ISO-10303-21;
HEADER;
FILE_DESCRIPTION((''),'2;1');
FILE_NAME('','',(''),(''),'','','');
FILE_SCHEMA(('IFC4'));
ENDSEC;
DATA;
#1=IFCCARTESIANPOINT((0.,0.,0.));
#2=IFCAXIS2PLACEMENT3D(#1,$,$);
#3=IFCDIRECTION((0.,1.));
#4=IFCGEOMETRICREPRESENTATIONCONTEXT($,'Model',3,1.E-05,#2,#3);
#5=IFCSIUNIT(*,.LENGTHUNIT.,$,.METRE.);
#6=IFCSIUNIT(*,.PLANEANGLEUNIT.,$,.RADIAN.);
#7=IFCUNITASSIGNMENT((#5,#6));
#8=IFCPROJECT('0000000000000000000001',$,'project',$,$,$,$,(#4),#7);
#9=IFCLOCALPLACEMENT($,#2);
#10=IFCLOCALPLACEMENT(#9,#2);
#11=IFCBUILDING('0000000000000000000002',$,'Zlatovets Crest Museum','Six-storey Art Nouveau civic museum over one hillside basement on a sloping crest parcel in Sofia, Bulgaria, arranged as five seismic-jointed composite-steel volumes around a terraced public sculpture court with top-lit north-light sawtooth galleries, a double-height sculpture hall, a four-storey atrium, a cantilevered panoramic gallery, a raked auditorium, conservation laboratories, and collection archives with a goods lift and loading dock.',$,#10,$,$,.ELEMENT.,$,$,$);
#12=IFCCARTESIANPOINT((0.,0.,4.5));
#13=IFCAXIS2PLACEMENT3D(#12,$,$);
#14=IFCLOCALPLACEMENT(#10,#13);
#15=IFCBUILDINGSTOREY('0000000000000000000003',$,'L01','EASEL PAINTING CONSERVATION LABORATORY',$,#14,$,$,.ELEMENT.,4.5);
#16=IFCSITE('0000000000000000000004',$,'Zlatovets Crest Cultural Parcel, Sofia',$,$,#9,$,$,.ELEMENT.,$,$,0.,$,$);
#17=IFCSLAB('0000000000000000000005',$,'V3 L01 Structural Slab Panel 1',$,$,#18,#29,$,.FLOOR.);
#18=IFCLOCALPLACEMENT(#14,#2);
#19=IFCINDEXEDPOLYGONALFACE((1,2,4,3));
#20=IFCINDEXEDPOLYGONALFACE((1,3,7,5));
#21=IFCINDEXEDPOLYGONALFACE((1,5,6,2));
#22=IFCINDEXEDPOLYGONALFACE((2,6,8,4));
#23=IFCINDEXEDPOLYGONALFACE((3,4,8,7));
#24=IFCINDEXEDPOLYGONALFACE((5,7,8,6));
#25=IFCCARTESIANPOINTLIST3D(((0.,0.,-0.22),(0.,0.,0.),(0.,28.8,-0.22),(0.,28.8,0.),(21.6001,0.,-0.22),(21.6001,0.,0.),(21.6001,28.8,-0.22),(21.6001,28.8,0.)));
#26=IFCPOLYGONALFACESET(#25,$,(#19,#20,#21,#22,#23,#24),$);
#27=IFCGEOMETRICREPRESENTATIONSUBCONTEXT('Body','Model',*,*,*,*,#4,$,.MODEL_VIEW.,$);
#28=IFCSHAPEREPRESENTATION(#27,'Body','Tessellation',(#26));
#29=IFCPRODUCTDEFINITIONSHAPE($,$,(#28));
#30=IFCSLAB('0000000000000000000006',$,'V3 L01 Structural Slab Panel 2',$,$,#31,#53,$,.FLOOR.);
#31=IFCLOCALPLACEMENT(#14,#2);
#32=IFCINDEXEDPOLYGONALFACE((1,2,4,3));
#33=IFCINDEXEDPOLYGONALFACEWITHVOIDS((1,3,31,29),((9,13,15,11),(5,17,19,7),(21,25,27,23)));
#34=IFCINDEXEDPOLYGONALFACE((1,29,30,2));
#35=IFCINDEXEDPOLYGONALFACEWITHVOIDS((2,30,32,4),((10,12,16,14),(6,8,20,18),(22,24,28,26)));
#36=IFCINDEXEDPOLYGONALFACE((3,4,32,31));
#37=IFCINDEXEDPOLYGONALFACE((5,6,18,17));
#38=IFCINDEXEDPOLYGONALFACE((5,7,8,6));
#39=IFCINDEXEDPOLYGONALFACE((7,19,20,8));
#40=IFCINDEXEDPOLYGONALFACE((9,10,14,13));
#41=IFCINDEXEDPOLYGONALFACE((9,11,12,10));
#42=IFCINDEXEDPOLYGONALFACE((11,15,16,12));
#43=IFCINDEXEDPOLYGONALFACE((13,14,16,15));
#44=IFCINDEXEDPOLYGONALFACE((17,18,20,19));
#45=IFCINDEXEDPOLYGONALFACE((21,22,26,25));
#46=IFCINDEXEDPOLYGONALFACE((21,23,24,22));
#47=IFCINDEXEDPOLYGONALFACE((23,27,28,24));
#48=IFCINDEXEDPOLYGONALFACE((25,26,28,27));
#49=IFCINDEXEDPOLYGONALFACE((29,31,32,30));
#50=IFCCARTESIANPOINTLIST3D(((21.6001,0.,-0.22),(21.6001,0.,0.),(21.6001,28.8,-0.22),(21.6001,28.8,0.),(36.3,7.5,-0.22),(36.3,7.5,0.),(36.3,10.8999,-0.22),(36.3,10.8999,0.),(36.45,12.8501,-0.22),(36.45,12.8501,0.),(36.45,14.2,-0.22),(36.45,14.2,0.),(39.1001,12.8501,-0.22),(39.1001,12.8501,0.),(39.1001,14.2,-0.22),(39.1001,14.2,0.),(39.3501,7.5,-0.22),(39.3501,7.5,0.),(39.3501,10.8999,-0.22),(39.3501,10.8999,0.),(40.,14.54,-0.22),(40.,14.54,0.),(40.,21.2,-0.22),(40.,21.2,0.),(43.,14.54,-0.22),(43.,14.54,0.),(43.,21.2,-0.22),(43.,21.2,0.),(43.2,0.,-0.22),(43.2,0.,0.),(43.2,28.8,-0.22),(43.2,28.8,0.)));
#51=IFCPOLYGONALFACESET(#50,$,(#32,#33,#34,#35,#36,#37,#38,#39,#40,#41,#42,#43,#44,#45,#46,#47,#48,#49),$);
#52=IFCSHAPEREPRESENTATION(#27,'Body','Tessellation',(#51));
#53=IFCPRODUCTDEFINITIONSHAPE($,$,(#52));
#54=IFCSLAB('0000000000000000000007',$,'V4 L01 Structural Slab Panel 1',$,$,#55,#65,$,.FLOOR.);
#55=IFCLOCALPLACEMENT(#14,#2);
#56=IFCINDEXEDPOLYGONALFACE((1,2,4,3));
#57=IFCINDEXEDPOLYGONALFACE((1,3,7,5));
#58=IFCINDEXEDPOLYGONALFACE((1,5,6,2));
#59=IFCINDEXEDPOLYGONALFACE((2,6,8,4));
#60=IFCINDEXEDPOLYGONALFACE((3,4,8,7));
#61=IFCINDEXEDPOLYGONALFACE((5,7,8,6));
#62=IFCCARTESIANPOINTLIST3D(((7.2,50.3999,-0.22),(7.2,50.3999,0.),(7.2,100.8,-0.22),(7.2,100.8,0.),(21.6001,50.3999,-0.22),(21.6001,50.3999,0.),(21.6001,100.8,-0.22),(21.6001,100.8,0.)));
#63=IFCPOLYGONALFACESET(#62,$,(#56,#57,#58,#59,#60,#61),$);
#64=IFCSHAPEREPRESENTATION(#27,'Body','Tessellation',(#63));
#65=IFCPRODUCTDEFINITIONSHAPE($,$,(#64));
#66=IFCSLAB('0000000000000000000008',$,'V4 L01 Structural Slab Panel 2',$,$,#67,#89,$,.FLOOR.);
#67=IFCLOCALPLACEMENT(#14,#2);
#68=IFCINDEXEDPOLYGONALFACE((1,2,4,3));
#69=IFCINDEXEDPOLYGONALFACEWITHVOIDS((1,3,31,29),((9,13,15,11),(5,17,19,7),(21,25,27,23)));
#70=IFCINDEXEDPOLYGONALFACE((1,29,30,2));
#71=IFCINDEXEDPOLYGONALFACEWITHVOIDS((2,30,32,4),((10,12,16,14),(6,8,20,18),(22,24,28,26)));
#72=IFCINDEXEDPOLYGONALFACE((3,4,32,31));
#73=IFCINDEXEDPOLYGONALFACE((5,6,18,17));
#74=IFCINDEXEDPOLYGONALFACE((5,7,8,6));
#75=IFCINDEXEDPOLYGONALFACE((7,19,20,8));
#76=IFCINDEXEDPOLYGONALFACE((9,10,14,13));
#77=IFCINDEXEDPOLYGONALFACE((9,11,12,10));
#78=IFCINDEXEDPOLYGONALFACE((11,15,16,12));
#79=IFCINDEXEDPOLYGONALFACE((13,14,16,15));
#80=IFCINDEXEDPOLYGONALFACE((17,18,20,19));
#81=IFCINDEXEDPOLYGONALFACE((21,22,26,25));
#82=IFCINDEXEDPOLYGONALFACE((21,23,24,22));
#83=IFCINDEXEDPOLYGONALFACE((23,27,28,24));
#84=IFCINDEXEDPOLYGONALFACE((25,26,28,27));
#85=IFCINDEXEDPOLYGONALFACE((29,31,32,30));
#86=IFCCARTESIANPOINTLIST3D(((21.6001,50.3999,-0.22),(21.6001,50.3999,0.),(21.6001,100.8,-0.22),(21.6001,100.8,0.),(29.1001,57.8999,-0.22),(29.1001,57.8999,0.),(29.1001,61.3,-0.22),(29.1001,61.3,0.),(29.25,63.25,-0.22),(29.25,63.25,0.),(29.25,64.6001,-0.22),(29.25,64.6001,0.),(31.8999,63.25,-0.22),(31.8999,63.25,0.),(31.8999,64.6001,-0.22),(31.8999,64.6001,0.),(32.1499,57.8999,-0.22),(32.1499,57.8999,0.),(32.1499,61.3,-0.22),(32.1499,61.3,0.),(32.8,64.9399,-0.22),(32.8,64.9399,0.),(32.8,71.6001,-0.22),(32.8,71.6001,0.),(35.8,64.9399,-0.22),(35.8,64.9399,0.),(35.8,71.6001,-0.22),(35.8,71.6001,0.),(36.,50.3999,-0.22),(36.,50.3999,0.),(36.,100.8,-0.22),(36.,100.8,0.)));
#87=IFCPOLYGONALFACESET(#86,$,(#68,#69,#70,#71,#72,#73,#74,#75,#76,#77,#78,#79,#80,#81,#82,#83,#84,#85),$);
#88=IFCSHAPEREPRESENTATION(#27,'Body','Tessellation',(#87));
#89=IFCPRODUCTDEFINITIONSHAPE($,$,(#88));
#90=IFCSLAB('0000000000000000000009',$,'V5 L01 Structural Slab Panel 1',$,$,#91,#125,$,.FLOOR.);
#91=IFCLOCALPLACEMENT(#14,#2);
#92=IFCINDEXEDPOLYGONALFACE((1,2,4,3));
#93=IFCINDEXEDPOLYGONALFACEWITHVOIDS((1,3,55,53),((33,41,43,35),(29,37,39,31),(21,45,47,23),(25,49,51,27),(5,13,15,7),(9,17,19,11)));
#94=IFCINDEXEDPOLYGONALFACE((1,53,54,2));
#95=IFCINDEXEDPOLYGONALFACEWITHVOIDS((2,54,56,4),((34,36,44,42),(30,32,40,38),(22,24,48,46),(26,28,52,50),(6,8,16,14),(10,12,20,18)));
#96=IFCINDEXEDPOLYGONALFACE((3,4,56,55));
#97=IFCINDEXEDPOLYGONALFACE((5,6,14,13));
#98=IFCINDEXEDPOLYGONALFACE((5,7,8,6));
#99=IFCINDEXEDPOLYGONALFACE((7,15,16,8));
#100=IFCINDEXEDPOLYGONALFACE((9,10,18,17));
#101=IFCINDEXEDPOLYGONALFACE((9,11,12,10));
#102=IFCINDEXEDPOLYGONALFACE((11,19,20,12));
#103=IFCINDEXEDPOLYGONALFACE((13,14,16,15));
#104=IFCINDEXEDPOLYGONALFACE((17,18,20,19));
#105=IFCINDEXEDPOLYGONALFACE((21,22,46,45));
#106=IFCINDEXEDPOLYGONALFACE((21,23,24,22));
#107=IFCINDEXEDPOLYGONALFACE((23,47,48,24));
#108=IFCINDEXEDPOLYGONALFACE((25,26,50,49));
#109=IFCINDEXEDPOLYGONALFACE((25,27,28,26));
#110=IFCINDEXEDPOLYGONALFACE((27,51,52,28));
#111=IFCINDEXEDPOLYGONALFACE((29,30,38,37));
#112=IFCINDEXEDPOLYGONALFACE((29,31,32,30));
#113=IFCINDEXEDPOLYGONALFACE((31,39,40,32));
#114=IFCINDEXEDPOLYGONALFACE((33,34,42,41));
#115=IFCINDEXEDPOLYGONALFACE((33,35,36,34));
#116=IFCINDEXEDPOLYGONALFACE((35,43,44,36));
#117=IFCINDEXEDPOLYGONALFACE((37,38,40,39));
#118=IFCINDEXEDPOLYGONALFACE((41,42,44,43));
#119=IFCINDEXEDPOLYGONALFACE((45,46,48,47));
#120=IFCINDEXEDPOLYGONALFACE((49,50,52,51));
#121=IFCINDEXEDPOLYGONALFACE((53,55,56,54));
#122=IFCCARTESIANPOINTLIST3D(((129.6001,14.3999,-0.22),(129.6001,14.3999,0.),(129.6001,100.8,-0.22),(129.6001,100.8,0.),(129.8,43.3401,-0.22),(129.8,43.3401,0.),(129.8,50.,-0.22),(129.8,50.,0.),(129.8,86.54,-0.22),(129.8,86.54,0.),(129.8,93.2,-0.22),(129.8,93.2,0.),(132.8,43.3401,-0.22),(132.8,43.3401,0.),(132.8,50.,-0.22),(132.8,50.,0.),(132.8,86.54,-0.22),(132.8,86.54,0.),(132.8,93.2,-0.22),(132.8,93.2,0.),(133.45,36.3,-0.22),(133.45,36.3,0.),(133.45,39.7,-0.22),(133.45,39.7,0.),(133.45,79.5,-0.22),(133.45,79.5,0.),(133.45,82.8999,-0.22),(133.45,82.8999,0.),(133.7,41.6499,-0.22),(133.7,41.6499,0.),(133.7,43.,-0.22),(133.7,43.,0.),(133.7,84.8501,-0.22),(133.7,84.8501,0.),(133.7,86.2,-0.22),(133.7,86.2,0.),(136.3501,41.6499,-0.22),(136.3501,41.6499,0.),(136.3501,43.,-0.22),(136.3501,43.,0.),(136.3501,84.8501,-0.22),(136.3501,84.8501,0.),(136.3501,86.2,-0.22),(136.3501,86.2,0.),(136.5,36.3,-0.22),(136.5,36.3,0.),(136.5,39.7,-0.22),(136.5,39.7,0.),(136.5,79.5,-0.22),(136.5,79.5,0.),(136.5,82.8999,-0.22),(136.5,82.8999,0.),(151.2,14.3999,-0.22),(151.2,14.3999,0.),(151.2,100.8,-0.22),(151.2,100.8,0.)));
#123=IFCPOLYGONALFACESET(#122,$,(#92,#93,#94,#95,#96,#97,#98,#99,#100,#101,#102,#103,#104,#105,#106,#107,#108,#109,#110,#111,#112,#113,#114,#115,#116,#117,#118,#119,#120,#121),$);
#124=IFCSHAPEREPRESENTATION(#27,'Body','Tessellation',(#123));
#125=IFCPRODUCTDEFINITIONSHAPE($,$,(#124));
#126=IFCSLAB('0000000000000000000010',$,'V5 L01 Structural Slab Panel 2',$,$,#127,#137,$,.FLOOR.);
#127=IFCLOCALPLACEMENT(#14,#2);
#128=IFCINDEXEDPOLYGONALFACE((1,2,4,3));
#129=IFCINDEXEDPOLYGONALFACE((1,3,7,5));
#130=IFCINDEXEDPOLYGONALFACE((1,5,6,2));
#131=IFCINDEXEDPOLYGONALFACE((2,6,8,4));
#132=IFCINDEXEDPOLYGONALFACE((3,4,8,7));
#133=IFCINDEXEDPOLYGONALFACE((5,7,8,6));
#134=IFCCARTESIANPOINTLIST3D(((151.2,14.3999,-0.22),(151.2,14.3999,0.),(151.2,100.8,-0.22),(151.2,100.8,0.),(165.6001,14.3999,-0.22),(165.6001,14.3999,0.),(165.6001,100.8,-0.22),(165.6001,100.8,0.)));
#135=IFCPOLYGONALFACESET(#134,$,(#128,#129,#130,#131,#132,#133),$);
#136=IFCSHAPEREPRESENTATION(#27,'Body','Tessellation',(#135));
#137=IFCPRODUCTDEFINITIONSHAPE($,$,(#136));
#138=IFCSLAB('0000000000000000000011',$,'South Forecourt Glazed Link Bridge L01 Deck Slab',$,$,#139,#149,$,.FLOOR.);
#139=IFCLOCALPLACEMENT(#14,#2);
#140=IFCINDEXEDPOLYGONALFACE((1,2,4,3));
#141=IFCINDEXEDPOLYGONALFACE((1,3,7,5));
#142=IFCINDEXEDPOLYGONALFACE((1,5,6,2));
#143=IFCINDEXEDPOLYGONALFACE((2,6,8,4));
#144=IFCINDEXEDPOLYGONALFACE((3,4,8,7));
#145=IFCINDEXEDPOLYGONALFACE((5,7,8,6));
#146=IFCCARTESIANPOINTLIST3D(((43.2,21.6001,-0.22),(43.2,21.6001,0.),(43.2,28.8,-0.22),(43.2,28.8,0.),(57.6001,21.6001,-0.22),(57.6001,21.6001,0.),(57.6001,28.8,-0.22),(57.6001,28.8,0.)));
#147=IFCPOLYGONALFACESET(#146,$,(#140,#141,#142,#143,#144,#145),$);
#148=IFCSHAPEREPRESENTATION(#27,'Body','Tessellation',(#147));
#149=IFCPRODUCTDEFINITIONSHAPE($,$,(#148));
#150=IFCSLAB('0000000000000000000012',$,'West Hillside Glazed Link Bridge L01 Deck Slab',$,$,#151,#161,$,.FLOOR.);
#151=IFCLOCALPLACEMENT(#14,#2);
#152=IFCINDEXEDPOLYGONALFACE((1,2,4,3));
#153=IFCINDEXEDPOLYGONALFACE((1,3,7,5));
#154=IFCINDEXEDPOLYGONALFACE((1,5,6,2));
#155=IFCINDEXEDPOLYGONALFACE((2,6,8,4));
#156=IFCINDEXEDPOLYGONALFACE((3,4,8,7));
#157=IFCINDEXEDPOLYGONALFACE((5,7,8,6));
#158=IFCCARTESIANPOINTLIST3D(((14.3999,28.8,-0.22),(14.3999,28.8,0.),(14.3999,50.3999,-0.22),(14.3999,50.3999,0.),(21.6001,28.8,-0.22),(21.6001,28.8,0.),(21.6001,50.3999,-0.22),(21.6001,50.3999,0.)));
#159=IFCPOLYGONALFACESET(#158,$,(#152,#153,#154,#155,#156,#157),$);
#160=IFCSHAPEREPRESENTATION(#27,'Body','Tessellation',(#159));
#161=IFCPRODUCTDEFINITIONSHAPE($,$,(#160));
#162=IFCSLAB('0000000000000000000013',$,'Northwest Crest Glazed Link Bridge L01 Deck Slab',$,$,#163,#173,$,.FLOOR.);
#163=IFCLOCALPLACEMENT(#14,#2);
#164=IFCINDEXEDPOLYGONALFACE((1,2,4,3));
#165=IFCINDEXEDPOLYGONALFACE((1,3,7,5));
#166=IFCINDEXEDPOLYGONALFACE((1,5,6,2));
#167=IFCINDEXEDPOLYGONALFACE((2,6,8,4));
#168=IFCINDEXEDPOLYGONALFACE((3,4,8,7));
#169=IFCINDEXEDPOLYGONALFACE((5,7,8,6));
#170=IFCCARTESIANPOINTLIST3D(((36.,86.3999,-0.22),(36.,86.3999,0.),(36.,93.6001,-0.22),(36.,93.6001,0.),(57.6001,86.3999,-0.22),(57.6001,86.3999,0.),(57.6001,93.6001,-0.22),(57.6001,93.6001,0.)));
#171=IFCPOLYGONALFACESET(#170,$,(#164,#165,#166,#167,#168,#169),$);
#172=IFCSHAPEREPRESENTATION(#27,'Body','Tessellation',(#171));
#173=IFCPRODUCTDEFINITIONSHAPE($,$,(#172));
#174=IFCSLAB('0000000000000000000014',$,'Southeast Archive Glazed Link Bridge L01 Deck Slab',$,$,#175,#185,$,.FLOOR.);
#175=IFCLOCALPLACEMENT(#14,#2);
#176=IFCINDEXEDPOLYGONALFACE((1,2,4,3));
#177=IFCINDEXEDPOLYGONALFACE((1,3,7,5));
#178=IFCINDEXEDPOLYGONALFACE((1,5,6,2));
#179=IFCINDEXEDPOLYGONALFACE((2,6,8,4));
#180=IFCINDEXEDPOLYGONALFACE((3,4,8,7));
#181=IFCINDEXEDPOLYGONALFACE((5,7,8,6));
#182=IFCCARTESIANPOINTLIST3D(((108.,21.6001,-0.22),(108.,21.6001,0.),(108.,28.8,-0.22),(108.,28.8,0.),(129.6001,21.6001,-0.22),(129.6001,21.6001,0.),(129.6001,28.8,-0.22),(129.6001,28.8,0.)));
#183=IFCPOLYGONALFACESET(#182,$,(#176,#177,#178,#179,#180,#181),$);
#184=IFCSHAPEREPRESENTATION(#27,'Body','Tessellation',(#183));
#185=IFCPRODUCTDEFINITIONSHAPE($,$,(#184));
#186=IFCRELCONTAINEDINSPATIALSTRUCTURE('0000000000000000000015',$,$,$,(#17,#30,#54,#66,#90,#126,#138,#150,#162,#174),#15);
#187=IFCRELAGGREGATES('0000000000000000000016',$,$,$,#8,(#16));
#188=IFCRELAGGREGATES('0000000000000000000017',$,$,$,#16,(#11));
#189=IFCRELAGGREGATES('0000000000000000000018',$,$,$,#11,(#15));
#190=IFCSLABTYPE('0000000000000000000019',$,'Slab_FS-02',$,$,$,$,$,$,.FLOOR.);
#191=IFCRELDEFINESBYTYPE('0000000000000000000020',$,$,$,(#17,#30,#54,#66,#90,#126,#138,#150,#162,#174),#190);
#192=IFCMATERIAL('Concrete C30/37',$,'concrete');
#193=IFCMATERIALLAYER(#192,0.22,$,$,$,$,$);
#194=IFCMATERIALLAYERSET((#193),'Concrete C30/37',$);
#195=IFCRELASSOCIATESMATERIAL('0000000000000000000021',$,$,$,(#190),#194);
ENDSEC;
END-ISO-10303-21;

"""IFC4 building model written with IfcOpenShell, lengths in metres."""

from ifc_helpers import new_model, si_unit, direction, frame, origin, place, context, subcontext, project, spatial, polyline, outline, extrude, material, layer, layer_set, type_object, element, save


model = new_model("IFC4")

# Units and contexts
model_context = context("Model", 3, precision=1e-05, world=origin(), true_north=direction((0.0, 1.0)))
body_context = subcontext(model_context, "Body", "Model", "MODEL_VIEW")
ifc_project = project(units=[si_unit("LENGTHUNIT", "METRE"), si_unit("PLANEANGLEUNIT", "RADIAN")], contexts=[model_context])

# Site, building, storey
site_placement = place(None, origin())
site = spatial("IfcSite", under=ifc_project, at=site_placement, Name="Zlatovets Crest Cultural Parcel, Sofia", CompositionType="ELEMENT", RefElevation=0.0)
building_placement = place(site_placement, origin())
building = spatial("IfcBuilding", under=site, at=building_placement, Name="Zlatovets Crest Museum", Description="Six-storey Art Nouveau civic museum over one hillside basement on a sloping crest parcel in Sofia, Bulgaria, arranged as five seismic-jointed composite-steel volumes around a terraced public sculpture court with top-lit north-light sawtooth galleries, a double-height sculpture hall, a four-storey atrium, a cantilevered panoramic gallery, a raked auditorium, conservation laboratories, and collection archives with a goods lift and loading dock.", CompositionType="ELEMENT")
storey_placement = place(building_placement, frame((0.0, 0.0, 4.5)))
storey = spatial("IfcBuildingStorey", under=building, at=storey_placement, Name="L01", Description="EASEL PAINTING CONSERVATION LABORATORY", CompositionType="ELEMENT", Elevation=4.5)

# Slabs
ifc_material_1 = material(Name="Concrete C30/37", Category="concrete")
ifc_layer_1 = layer(ifc_material_1, 0.22)
ifc_layer_set_1 = layer_set([ifc_layer_1], Name="Concrete C30/37")
slab_type_1 = type_object("IfcSlabType", Name="Slab_FS-02", PredefinedType="FLOOR", material=ifc_layer_set_1)
slab_1_placement = place(storey_placement, frame((0.0, 0.0, -0.22)))
element("IfcSlab", 1, at=slab_1_placement, inside=storey, type_object=slab_type_1, Name="V3 L01 Structural Slab Panel 1", PredefinedType="FLOOR", context=body_context, shape_type="SweptSolid", body=[
    extrude(outline(polyline([(21.6001, 0.0), (0.0, 0.0), (0.0, 28.8), (21.6001, 28.8), (21.6001, 0.0)])), origin(), (0.0, 0.0, 1.0), 0.22),
])
slab_2_placement = place(storey_placement, frame((0.0, 0.0, -0.22)))
element("IfcSlab", 2, at=slab_2_placement, inside=storey, type_object=slab_type_1, Name="V3 L01 Structural Slab Panel 2", PredefinedType="FLOOR", context=body_context, shape_type="SweptSolid", body=[
    extrude(outline(polyline([(21.6001, 28.8), (43.2, 28.8), (43.2, 0.0), (21.6001, 0.0), (21.6001, 28.8)]), holes=[polyline([(40.0, 14.54), (43.0, 14.54), (43.0, 21.2), (40.0, 21.2), (40.0, 14.54)]), polyline([(36.3, 10.8999), (36.3, 7.5), (39.3501, 7.5), (39.3501, 10.8999), (36.3, 10.8999)]), polyline([(39.1001, 14.2), (36.45, 14.2), (36.45, 12.8501), (39.1001, 12.8501), (39.1001, 14.2)])]), origin(), (0.0, 0.0, 1.0), 0.22),
])
slab_3_placement = place(storey_placement, frame((0.0, 0.0, -0.22)))
element("IfcSlab", 3, at=slab_3_placement, inside=storey, type_object=slab_type_1, Name="V4 L01 Structural Slab Panel 1", PredefinedType="FLOOR", context=body_context, shape_type="SweptSolid", body=[
    extrude(outline(polyline([(21.6001, 50.3999), (7.2, 50.3999), (7.2, 100.8), (21.6001, 100.8), (21.6001, 50.3999)])), origin(), (0.0, 0.0, 1.0), 0.22),
])
slab_4_placement = place(storey_placement, frame((0.0, 0.0, -0.22)))
element("IfcSlab", 4, at=slab_4_placement, inside=storey, type_object=slab_type_1, Name="V4 L01 Structural Slab Panel 2", PredefinedType="FLOOR", context=body_context, shape_type="SweptSolid", body=[
    extrude(outline(polyline([(21.6001, 100.8), (36.0, 100.8), (36.0, 50.3999), (21.6001, 50.3999), (21.6001, 100.8)]), holes=[polyline([(32.8, 64.9399), (35.8, 64.9399), (35.8, 71.6001), (32.8, 71.6001), (32.8, 64.9399)]), polyline([(29.1001, 61.3), (29.1001, 57.8999), (32.1499, 57.8999), (32.1499, 61.3), (29.1001, 61.3)]), polyline([(31.8999, 64.6001), (29.25, 64.6001), (29.25, 63.25), (31.8999, 63.25), (31.8999, 64.6001)])]), origin(), (0.0, 0.0, 1.0), 0.22),
])
slab_5_placement = place(storey_placement, frame((0.0, 0.0, -0.22)))
element("IfcSlab", 5, at=slab_5_placement, inside=storey, type_object=slab_type_1, Name="V5 L01 Structural Slab Panel 1", PredefinedType="FLOOR", context=body_context, shape_type="SweptSolid", body=[
    extrude(outline(polyline([(151.2, 100.8), (151.2, 14.3999), (129.6001, 14.3999), (129.6001, 100.8), (151.2, 100.8)]), holes=[polyline([(129.8, 50.0), (129.8, 43.3401), (132.8, 43.3401), (132.8, 50.0), (129.8, 50.0)]), polyline([(132.8, 93.2), (129.8, 93.2), (129.8, 86.54), (132.8, 86.54), (132.8, 93.2)]), polyline([(136.5, 36.3), (136.5, 39.7), (133.45, 39.7), (133.45, 36.3), (136.5, 36.3)]), polyline([(133.7, 41.6499), (136.3501, 41.6499), (136.3501, 43.0), (133.7, 43.0), (133.7, 41.6499)]), polyline([(133.45, 82.8999), (133.45, 79.5), (136.5, 79.5), (136.5, 82.8999), (133.45, 82.8999)]), polyline([(136.3501, 86.2), (133.7, 86.2), (133.7, 84.8501), (136.3501, 84.8501), (136.3501, 86.2)])]), origin(), (0.0, 0.0, 1.0), 0.22),
])
slab_6_placement = place(storey_placement, frame((0.0, 0.0, -0.22)))
element("IfcSlab", 6, at=slab_6_placement, inside=storey, type_object=slab_type_1, Name="V5 L01 Structural Slab Panel 2", PredefinedType="FLOOR", context=body_context, shape_type="SweptSolid", body=[
    extrude(outline(polyline([(151.2, 14.3999), (151.2, 100.8), (165.6001, 100.8), (165.6001, 14.3999), (151.2, 14.3999)])), origin(), (0.0, 0.0, 1.0), 0.22),
])
slab_7_placement = place(storey_placement, frame((0.0, 0.0, -0.22)))
element("IfcSlab", 7, at=slab_7_placement, inside=storey, type_object=slab_type_1, Name="South Forecourt Glazed Link Bridge L01 Deck Slab", PredefinedType="FLOOR", context=body_context, shape_type="SweptSolid", body=[
    extrude(outline(polyline([(57.6001, 21.6001), (57.6001, 28.8), (43.2, 28.8), (43.2, 21.6001), (57.6001, 21.6001)])), origin(), (0.0, 0.0, 1.0), 0.22),
])
slab_8_placement = place(storey_placement, frame((0.0, 0.0, -0.22)))
element("IfcSlab", 8, at=slab_8_placement, inside=storey, type_object=slab_type_1, Name="West Hillside Glazed Link Bridge L01 Deck Slab", PredefinedType="FLOOR", context=body_context, shape_type="SweptSolid", body=[
    extrude(outline(polyline([(21.6001, 28.8), (21.6001, 50.3999), (14.3999, 50.3999), (14.3999, 28.8), (21.6001, 28.8)])), origin(), (0.0, 0.0, 1.0), 0.22),
])
slab_9_placement = place(storey_placement, frame((0.0, 0.0, -0.22)))
element("IfcSlab", 9, at=slab_9_placement, inside=storey, type_object=slab_type_1, Name="Northwest Crest Glazed Link Bridge L01 Deck Slab", PredefinedType="FLOOR", context=body_context, shape_type="SweptSolid", body=[
    extrude(outline(polyline([(57.6001, 86.3999), (57.6001, 93.6001), (36.0, 93.6001), (36.0, 86.3999), (57.6001, 86.3999)])), origin(), (0.0, 0.0, 1.0), 0.22),
])
slab_10_placement = place(storey_placement, frame((0.0, 0.0, -0.22)))
element("IfcSlab", 10, at=slab_10_placement, inside=storey, type_object=slab_type_1, Name="Southeast Archive Glazed Link Bridge L01 Deck Slab", PredefinedType="FLOOR", context=body_context, shape_type="SweptSolid", body=[
    extrude(outline(polyline([(129.6001, 21.6001), (129.6001, 28.8), (108.0, 28.8), (108.0, 21.6001), (129.6001, 21.6001)])), origin(), (0.0, 0.0, 1.0), 0.22),
])

save(model, "model.ifc")
